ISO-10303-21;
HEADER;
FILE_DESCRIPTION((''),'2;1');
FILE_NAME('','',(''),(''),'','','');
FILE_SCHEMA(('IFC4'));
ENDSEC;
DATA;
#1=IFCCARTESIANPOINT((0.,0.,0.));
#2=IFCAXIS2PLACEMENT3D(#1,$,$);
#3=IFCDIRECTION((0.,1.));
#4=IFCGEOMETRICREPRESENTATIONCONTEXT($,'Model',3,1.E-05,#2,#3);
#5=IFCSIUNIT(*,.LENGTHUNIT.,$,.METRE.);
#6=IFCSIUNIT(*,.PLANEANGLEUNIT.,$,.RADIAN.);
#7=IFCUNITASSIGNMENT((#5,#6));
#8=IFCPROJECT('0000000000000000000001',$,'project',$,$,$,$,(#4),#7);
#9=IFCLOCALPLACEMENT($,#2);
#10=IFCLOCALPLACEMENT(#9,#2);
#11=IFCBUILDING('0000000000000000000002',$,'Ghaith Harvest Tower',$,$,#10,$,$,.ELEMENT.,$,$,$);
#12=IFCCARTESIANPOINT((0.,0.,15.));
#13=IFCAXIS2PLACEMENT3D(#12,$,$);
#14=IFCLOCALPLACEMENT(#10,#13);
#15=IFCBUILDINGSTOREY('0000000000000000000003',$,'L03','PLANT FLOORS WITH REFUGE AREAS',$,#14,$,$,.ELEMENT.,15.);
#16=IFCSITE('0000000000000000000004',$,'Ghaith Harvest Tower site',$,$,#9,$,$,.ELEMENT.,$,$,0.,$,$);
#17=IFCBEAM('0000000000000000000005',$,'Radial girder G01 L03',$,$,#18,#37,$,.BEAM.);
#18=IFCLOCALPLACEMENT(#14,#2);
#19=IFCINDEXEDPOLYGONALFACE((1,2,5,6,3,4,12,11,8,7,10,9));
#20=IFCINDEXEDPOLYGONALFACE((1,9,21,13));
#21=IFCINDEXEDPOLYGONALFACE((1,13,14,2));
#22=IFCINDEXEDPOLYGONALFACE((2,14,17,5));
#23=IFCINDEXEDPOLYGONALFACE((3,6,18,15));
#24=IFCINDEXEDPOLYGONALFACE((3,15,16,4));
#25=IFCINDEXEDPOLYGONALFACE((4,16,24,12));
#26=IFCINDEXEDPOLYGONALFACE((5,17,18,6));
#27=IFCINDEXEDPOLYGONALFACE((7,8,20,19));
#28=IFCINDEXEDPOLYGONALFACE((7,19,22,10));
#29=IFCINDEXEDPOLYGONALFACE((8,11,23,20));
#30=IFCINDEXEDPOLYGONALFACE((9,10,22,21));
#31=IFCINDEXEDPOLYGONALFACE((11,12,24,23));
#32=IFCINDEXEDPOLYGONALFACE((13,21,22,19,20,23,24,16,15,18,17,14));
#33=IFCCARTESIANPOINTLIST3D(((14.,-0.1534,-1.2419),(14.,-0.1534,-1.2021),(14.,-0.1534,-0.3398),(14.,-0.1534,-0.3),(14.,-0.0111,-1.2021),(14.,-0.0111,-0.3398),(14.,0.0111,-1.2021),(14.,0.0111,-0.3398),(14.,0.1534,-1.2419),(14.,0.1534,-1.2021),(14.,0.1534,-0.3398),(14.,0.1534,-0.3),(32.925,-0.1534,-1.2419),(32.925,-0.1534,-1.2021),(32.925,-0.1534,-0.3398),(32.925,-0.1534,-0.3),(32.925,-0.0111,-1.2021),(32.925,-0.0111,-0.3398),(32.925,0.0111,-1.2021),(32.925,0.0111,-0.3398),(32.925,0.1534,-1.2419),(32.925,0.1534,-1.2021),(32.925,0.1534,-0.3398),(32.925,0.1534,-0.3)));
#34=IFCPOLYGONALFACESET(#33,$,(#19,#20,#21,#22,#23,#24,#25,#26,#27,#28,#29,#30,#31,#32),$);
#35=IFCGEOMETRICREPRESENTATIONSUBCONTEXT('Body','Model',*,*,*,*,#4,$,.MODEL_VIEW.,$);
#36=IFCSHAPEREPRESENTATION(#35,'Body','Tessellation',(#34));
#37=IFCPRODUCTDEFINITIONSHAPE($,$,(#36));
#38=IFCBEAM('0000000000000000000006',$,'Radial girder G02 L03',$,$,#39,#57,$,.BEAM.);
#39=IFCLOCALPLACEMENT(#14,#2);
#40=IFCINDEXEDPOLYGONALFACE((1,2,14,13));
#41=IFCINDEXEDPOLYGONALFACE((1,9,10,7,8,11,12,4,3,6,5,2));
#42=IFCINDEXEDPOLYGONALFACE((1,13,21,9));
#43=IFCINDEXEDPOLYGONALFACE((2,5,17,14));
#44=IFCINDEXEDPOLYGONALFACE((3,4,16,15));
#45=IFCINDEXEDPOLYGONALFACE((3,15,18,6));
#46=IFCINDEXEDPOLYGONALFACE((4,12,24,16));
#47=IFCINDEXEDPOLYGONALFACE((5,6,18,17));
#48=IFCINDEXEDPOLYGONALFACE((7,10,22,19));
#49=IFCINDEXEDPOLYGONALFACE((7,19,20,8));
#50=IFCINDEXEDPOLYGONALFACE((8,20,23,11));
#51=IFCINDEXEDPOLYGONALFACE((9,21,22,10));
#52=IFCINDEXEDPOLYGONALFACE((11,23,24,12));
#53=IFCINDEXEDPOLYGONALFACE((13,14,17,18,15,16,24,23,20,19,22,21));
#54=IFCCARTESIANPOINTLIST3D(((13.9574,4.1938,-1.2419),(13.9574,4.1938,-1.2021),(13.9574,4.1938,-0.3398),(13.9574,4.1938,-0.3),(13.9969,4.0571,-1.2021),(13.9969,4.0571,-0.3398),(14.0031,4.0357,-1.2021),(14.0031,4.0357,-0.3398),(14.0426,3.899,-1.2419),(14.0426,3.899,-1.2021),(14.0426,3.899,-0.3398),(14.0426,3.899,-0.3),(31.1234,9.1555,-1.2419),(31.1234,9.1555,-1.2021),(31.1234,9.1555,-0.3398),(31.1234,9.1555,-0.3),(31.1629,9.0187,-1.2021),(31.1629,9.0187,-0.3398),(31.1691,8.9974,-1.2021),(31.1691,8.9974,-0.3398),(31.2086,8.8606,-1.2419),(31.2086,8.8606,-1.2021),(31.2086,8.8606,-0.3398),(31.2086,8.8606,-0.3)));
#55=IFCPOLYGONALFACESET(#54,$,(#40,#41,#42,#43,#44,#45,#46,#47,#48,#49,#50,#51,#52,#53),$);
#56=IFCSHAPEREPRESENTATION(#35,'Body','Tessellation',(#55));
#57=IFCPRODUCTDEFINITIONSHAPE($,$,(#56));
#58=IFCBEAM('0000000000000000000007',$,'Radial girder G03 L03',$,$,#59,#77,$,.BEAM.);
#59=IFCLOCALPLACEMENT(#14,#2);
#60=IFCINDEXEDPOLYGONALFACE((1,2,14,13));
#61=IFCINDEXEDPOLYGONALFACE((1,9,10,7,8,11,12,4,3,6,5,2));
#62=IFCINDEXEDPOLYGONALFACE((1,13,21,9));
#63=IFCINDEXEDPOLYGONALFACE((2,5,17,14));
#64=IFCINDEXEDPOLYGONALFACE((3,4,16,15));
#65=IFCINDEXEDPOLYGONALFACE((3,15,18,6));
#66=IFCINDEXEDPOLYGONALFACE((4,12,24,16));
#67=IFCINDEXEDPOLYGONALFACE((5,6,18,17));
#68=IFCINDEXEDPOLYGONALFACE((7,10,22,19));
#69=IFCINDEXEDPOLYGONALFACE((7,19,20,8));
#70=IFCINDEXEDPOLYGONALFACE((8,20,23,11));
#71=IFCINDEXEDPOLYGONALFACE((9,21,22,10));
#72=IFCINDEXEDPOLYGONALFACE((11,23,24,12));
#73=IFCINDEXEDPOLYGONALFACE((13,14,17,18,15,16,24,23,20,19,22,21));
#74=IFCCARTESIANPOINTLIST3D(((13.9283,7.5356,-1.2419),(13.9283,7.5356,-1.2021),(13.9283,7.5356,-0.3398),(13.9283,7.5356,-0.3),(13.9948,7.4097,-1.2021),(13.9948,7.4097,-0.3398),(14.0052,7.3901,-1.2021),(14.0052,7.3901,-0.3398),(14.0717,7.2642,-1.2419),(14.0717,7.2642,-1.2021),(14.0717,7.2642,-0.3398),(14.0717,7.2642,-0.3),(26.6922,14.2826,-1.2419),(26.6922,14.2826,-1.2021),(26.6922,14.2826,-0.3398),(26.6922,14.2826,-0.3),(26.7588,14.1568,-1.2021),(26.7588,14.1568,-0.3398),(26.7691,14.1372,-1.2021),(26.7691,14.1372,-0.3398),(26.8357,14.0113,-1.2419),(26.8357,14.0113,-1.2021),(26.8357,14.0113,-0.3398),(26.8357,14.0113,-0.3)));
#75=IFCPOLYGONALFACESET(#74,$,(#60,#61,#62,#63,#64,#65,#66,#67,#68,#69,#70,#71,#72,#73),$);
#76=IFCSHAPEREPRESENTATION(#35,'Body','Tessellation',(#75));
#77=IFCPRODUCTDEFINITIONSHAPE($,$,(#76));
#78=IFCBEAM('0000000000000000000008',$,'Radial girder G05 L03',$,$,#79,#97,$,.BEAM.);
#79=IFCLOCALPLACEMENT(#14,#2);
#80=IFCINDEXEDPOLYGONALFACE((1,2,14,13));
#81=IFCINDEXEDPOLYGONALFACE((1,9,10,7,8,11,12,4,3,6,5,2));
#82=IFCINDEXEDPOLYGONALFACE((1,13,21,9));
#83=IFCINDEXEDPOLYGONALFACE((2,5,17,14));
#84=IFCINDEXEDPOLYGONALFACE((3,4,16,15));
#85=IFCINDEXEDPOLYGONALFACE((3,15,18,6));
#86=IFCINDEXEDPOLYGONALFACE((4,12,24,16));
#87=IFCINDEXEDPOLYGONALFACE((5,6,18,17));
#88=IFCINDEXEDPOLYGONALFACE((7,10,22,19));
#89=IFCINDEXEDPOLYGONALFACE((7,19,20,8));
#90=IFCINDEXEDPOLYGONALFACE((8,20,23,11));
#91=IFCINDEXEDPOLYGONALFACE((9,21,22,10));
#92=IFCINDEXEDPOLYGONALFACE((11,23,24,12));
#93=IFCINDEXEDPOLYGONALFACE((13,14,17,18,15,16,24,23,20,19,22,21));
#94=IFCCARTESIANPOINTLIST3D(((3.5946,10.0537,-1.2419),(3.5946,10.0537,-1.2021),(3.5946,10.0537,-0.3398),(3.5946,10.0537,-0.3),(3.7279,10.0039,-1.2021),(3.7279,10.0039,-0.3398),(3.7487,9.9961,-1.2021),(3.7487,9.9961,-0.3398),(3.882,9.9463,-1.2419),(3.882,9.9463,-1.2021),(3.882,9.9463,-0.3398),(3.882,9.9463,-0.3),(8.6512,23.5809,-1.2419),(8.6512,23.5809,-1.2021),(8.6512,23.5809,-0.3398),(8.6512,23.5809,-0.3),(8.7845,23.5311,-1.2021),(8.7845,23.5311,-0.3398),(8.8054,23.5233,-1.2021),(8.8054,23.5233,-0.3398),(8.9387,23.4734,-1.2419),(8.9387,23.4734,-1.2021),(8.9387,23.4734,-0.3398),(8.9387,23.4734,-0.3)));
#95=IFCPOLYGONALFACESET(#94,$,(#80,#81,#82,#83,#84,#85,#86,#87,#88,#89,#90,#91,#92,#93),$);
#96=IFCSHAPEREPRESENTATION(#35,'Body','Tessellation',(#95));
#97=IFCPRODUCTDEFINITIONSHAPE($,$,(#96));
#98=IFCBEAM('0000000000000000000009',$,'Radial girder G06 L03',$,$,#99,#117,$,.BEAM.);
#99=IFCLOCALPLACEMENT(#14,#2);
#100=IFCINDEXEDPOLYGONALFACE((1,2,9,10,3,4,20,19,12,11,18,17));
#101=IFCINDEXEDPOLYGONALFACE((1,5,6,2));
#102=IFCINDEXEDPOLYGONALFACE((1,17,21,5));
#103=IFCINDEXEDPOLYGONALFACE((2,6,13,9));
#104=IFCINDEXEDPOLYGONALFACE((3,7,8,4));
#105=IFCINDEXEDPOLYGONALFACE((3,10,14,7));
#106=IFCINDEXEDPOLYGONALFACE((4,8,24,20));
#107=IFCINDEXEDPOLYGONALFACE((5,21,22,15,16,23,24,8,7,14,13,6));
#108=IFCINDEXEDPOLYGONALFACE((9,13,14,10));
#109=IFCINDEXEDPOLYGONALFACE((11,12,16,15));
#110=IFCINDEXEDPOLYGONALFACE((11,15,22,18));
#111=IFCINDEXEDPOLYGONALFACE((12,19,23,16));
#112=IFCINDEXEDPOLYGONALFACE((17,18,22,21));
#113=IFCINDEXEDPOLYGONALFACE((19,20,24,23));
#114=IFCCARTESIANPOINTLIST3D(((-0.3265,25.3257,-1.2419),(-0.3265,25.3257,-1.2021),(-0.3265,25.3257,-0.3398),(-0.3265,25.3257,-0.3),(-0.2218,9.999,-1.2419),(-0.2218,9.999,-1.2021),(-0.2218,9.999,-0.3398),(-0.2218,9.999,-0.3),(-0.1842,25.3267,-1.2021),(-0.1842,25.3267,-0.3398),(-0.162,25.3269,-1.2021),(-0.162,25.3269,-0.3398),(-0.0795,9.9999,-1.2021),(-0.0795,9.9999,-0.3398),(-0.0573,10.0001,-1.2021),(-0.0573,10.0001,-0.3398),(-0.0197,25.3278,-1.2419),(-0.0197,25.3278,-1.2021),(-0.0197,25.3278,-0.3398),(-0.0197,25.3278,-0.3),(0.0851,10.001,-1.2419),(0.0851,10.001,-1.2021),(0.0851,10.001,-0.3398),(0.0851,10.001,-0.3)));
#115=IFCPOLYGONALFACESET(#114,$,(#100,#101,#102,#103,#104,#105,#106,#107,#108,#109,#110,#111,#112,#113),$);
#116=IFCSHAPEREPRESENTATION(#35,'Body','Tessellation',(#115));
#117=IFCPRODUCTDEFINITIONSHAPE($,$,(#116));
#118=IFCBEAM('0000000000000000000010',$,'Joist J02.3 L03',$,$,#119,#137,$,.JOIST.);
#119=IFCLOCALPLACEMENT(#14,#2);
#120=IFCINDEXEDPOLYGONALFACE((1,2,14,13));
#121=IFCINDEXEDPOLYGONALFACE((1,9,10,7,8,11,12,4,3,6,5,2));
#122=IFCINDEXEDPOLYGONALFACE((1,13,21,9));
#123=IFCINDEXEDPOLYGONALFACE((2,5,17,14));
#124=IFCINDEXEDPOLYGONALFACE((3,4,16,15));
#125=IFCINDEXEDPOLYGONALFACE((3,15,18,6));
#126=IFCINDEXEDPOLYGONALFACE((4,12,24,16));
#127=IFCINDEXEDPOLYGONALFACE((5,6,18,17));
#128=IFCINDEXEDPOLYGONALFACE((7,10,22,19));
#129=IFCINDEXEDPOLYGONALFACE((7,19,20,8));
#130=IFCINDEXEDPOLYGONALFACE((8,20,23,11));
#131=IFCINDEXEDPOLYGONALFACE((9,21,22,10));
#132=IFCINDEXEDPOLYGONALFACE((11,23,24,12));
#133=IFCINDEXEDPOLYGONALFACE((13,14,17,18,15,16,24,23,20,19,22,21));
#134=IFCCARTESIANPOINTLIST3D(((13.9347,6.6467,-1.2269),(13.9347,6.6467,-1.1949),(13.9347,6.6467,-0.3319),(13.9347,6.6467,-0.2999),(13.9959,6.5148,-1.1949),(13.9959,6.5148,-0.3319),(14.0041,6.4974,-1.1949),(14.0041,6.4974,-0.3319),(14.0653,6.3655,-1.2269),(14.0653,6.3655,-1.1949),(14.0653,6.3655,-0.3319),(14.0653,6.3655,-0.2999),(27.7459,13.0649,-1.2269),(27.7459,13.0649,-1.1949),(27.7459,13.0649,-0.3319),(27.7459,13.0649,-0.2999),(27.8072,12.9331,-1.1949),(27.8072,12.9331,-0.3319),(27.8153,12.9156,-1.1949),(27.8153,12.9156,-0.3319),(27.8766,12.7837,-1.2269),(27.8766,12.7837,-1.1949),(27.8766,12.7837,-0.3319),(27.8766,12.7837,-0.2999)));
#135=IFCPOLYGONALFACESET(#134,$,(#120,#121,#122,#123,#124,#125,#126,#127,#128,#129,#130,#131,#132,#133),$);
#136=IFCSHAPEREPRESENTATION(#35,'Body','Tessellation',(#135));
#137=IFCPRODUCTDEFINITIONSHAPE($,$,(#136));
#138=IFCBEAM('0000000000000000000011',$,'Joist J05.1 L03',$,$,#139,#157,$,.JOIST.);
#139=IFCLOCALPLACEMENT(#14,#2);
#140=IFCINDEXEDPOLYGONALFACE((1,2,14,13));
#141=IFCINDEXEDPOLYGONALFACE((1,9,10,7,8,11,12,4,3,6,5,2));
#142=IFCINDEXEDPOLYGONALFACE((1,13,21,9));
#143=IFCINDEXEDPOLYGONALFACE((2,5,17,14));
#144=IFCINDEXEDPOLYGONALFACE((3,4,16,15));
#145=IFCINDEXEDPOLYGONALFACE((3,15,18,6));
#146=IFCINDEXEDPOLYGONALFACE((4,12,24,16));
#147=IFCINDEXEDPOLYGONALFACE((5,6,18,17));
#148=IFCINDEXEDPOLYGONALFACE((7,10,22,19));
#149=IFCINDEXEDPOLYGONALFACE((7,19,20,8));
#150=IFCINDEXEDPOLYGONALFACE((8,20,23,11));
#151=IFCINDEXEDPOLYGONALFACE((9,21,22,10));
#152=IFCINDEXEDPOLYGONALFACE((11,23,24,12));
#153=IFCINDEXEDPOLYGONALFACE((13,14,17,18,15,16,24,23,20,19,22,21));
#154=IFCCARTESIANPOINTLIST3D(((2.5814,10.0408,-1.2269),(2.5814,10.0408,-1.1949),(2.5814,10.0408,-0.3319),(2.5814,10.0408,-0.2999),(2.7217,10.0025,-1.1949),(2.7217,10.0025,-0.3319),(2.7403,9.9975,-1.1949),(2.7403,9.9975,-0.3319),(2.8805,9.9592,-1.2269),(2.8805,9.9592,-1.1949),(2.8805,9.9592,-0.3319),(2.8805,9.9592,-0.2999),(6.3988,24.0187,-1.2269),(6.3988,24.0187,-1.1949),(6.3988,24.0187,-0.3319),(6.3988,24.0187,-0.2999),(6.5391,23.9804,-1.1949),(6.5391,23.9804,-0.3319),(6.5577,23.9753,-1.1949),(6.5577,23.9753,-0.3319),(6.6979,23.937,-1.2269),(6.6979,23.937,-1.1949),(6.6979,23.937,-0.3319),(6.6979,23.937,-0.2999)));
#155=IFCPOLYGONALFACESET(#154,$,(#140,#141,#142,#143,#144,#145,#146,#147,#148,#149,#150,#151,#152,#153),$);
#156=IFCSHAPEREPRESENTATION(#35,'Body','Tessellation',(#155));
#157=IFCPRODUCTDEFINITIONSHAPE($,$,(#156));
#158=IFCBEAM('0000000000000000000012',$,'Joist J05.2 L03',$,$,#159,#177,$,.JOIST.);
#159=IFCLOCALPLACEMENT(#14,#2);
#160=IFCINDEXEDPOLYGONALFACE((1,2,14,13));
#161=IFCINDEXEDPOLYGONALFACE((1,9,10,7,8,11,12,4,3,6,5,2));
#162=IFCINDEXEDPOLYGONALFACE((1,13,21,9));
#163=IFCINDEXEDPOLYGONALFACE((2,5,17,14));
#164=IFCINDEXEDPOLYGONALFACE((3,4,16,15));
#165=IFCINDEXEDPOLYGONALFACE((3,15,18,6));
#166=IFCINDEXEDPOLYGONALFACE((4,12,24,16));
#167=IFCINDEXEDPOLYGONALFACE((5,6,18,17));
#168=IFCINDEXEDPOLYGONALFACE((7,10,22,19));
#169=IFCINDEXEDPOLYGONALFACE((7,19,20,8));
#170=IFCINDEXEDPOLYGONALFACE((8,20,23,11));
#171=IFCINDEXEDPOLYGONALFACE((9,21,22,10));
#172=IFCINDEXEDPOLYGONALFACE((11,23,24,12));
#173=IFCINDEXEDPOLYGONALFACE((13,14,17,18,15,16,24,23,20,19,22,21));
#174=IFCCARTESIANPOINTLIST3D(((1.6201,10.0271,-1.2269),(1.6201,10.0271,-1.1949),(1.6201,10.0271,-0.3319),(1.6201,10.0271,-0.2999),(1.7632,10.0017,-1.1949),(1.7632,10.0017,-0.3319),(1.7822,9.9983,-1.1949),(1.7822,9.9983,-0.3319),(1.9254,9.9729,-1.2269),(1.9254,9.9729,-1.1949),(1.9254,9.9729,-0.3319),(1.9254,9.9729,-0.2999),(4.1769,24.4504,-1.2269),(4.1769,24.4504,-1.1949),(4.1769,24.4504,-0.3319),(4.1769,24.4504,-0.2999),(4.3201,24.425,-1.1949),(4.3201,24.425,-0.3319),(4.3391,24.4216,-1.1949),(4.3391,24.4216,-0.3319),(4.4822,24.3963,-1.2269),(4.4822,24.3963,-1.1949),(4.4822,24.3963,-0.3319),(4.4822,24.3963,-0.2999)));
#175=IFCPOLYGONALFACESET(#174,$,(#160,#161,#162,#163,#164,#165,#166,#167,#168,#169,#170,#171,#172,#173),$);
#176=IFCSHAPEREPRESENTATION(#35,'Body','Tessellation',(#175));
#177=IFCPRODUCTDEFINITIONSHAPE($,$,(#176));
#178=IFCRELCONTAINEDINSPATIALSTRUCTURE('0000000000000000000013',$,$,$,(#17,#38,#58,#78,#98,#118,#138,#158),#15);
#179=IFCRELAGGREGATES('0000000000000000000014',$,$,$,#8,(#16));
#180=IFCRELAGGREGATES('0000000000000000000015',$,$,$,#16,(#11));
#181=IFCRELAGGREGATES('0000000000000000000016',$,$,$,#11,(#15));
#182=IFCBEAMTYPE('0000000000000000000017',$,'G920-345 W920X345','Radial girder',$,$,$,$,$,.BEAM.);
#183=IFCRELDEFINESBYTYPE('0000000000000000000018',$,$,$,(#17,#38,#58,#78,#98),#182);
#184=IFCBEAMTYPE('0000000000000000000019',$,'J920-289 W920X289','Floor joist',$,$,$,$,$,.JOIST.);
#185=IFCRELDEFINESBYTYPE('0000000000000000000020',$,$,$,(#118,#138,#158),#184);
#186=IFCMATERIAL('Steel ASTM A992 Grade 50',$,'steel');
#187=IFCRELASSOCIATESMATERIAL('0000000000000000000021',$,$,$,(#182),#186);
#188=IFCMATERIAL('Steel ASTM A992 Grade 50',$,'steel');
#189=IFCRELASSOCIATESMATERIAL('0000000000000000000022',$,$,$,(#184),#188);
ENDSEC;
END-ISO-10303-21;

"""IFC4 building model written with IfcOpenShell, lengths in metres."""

from ifc_helpers import new_model, si_unit, direction, frame, origin, origin_2d, place, context, subcontext, project, spatial, i_section, extrude, material, material_profile, profile_set, type_object, element, save


model = new_model("IFC4")

# Units and contexts
model_context = context("Model", 3, precision=1e-05, world=origin(), true_north=direction((0.0, 1.0)))
body_context = subcontext(model_context, "Body", "Model", "MODEL_VIEW")
ifc_project = project(units=[si_unit("LENGTHUNIT", "METRE"), si_unit("PLANEANGLEUNIT", "RADIAN")], contexts=[model_context])

# Site, building, storey
site_placement = place(None, origin())
site = spatial("IfcSite", under=ifc_project, at=site_placement, Name="Ghaith Harvest Tower site", CompositionType="ELEMENT", RefElevation=0.0)
building_placement = place(site_placement, origin())
building = spatial("IfcBuilding", under=site, at=building_placement, Name="Ghaith Harvest Tower", CompositionType="ELEMENT")
storey_placement = place(building_placement, frame((0.0, 0.0, 15.0)))
storey = spatial("IfcBuildingStorey", under=building, at=storey_placement, Name="L03", Description="PLANT FLOORS WITH REFUGE AREAS", CompositionType="ELEMENT", Elevation=15.0)

# Beams
ifc_material_1 = material(Name="Steel ASTM A992 Grade 50", Category="steel")
ifc_material_profile_1 = material_profile(ifc_material_1, i_section(OverallWidth=0.3069, OverallDepth=0.9419, WebThickness=0.0222, FlangeThickness=0.0398, at=origin_2d()), Name="W920X345")
ifc_profile_set_1 = profile_set([ifc_material_profile_1], Name="Steel ASTM A992 Grade 50")
beam_type_1 = type_object("IfcBeamType", Name="G920-345 W920X345", Description="Radial girder", PredefinedType="BEAM", material=ifc_profile_set_1)
beam_1_placement = place(storey_placement, frame((14.0, 0.0, -0.771), z_axis=(1.0, 0.0, 0.0), x_axis=(0.0, 1.0, 0.0)))
element("IfcBeam", 1, at=beam_1_placement, inside=storey, type_object=beam_type_1, Name="Radial girder G01 L03", PredefinedType="BEAM", context=body_context, shape_type="SweptSolid", body=[
    extrude(i_section(OverallWidth=0.3069, OverallDepth=0.9419, WebThickness=0.0222, FlangeThickness=0.0398, at=origin_2d()), origin(), (0.0, 0.0, 1.0), 18.925),
])
beam_2_placement = place(storey_placement, frame((14.0, 4.0464, -0.771), z_axis=(0.960675, 0.277674, 0.0), x_axis=(-0.277674, 0.960675, 0.0)))
element("IfcBeam", 2, at=beam_2_placement, inside=storey, type_object=beam_type_1, Name="Radial girder G02 L03", PredefinedType="BEAM", context=body_context, shape_type="SweptSolid", body=[
    extrude(i_section(OverallWidth=0.3069, OverallDepth=0.9419, WebThickness=0.0222, FlangeThickness=0.0398, at=origin_2d()), origin(), (0.0, 0.0, 1.0), 17.8687),
])
beam_3_placement = place(storey_placement, frame((14.0, 7.3999, -0.771), z_axis=(0.884083, 0.467331, 0.0), x_axis=(-0.467331, 0.884083, 0.0)))
element("IfcBeam", 3, at=beam_3_placement, inside=storey, type_object=beam_type_1, Name="Radial girder G03 L03", PredefinedType="BEAM", context=body_context, shape_type="SweptSolid", body=[
    extrude(i_section(OverallWidth=0.3069, OverallDepth=0.9419, WebThickness=0.0222, FlangeThickness=0.0398, at=origin_2d()), origin(), (0.0, 0.0, 1.0), 14.4375),
])
beam_4_placement = place(storey_placement, frame((3.7383, 10.0, -0.771), z_axis=(0.350151, 0.936693, 0.0), x_axis=(-0.936693, 0.350151, 0.0)))
element("IfcBeam", 4, at=beam_4_placement, inside=storey, type_object=beam_type_1, Name="Radial girder G05 L03", PredefinedType="BEAM", context=body_context, shape_type="SweptSolid", body=[
    extrude(i_section(OverallWidth=0.3069, OverallDepth=0.9419, WebThickness=0.0222, FlangeThickness=0.0398, at=origin_2d()), origin(), (0.0, 0.0, 1.0), 14.4414),
])
beam_5_placement = place(storey_placement, frame((-0.0684, 10.0, -0.771), z_axis=(-0.006833, 0.999977, 0.0), x_axis=(-0.999977, -0.006833, 0.0)))
element("IfcBeam", 5, at=beam_5_placement, inside=storey, type_object=beam_type_1, Name="Radial girder G06 L03", PredefinedType="BEAM", context=body_context, shape_type="SweptSolid", body=[
    extrude(i_section(OverallWidth=0.3069, OverallDepth=0.9419, WebThickness=0.0222, FlangeThickness=0.0398, at=origin_2d()), origin(), (0.0, 0.0, 1.0), 15.3271),
])
ifc_material_2 = material(Name="Steel ASTM A992 Grade 50", Category="steel")
ifc_material_profile_2 = material_profile(ifc_material_2, i_section(OverallWidth=0.3101, OverallDepth=0.927, WebThickness=0.0193, FlangeThickness=0.032, at=origin_2d()), Name="W920X289")
ifc_profile_set_2 = profile_set([ifc_material_profile_2], Name="Steel ASTM A992 Grade 50")
beam_type_2 = type_object("IfcBeamType", Name="J920-289 W920X289", Description="Floor joist", PredefinedType="JOIST", material=ifc_profile_set_2)
beam_6_placement = place(storey_placement, frame((14.0, 6.5061, -0.7634), z_axis=(0.906863, 0.421426, 0.0), x_axis=(-0.421426, 0.906863, 0.0)))
element("IfcBeam", 6, at=beam_6_placement, inside=storey, type_object=beam_type_2, Name="Joist J02.3 L03", PredefinedType="JOIST", context=body_context, shape_type="SweptSolid", body=[
    extrude(i_section(OverallWidth=0.3101, OverallDepth=0.927, WebThickness=0.0193, FlangeThickness=0.032, at=origin_2d()), origin(), (0.0, 0.0, 1.0), 15.2297),
])
beam_7_placement = place(storey_placement, frame((2.731, 10.0, -0.7634), z_axis=(0.263455, 0.964672, 0.0), x_axis=(-0.964672, 0.263455, 0.0)))
element("IfcBeam", 7, at=beam_7_placement, inside=storey, type_object=beam_type_2, Name="Joist J05.1 L03", PredefinedType="JOIST", context=body_context, shape_type="SweptSolid", body=[
    extrude(i_section(OverallWidth=0.3101, OverallDepth=0.927, WebThickness=0.0193, FlangeThickness=0.032, at=origin_2d()), origin(), (0.0, 0.0, 1.0), 14.4897),
])
beam_8_placement = place(storey_placement, frame((1.7727, 10.0, -0.7634), z_axis=(0.174553, 0.984648, 0.0), x_axis=(-0.984648, 0.174553, 0.0)))
element("IfcBeam", 8, at=beam_8_placement, inside=storey, type_object=beam_type_2, Name="Joist J05.2 L03", PredefinedType="JOIST", context=body_context, shape_type="SweptSolid", body=[
    extrude(i_section(OverallWidth=0.3101, OverallDepth=0.927, WebThickness=0.0193, FlangeThickness=0.032, at=origin_2d()), origin(), (0.0, 0.0, 1.0), 14.6482),
])

save(model, "model.ifc")
